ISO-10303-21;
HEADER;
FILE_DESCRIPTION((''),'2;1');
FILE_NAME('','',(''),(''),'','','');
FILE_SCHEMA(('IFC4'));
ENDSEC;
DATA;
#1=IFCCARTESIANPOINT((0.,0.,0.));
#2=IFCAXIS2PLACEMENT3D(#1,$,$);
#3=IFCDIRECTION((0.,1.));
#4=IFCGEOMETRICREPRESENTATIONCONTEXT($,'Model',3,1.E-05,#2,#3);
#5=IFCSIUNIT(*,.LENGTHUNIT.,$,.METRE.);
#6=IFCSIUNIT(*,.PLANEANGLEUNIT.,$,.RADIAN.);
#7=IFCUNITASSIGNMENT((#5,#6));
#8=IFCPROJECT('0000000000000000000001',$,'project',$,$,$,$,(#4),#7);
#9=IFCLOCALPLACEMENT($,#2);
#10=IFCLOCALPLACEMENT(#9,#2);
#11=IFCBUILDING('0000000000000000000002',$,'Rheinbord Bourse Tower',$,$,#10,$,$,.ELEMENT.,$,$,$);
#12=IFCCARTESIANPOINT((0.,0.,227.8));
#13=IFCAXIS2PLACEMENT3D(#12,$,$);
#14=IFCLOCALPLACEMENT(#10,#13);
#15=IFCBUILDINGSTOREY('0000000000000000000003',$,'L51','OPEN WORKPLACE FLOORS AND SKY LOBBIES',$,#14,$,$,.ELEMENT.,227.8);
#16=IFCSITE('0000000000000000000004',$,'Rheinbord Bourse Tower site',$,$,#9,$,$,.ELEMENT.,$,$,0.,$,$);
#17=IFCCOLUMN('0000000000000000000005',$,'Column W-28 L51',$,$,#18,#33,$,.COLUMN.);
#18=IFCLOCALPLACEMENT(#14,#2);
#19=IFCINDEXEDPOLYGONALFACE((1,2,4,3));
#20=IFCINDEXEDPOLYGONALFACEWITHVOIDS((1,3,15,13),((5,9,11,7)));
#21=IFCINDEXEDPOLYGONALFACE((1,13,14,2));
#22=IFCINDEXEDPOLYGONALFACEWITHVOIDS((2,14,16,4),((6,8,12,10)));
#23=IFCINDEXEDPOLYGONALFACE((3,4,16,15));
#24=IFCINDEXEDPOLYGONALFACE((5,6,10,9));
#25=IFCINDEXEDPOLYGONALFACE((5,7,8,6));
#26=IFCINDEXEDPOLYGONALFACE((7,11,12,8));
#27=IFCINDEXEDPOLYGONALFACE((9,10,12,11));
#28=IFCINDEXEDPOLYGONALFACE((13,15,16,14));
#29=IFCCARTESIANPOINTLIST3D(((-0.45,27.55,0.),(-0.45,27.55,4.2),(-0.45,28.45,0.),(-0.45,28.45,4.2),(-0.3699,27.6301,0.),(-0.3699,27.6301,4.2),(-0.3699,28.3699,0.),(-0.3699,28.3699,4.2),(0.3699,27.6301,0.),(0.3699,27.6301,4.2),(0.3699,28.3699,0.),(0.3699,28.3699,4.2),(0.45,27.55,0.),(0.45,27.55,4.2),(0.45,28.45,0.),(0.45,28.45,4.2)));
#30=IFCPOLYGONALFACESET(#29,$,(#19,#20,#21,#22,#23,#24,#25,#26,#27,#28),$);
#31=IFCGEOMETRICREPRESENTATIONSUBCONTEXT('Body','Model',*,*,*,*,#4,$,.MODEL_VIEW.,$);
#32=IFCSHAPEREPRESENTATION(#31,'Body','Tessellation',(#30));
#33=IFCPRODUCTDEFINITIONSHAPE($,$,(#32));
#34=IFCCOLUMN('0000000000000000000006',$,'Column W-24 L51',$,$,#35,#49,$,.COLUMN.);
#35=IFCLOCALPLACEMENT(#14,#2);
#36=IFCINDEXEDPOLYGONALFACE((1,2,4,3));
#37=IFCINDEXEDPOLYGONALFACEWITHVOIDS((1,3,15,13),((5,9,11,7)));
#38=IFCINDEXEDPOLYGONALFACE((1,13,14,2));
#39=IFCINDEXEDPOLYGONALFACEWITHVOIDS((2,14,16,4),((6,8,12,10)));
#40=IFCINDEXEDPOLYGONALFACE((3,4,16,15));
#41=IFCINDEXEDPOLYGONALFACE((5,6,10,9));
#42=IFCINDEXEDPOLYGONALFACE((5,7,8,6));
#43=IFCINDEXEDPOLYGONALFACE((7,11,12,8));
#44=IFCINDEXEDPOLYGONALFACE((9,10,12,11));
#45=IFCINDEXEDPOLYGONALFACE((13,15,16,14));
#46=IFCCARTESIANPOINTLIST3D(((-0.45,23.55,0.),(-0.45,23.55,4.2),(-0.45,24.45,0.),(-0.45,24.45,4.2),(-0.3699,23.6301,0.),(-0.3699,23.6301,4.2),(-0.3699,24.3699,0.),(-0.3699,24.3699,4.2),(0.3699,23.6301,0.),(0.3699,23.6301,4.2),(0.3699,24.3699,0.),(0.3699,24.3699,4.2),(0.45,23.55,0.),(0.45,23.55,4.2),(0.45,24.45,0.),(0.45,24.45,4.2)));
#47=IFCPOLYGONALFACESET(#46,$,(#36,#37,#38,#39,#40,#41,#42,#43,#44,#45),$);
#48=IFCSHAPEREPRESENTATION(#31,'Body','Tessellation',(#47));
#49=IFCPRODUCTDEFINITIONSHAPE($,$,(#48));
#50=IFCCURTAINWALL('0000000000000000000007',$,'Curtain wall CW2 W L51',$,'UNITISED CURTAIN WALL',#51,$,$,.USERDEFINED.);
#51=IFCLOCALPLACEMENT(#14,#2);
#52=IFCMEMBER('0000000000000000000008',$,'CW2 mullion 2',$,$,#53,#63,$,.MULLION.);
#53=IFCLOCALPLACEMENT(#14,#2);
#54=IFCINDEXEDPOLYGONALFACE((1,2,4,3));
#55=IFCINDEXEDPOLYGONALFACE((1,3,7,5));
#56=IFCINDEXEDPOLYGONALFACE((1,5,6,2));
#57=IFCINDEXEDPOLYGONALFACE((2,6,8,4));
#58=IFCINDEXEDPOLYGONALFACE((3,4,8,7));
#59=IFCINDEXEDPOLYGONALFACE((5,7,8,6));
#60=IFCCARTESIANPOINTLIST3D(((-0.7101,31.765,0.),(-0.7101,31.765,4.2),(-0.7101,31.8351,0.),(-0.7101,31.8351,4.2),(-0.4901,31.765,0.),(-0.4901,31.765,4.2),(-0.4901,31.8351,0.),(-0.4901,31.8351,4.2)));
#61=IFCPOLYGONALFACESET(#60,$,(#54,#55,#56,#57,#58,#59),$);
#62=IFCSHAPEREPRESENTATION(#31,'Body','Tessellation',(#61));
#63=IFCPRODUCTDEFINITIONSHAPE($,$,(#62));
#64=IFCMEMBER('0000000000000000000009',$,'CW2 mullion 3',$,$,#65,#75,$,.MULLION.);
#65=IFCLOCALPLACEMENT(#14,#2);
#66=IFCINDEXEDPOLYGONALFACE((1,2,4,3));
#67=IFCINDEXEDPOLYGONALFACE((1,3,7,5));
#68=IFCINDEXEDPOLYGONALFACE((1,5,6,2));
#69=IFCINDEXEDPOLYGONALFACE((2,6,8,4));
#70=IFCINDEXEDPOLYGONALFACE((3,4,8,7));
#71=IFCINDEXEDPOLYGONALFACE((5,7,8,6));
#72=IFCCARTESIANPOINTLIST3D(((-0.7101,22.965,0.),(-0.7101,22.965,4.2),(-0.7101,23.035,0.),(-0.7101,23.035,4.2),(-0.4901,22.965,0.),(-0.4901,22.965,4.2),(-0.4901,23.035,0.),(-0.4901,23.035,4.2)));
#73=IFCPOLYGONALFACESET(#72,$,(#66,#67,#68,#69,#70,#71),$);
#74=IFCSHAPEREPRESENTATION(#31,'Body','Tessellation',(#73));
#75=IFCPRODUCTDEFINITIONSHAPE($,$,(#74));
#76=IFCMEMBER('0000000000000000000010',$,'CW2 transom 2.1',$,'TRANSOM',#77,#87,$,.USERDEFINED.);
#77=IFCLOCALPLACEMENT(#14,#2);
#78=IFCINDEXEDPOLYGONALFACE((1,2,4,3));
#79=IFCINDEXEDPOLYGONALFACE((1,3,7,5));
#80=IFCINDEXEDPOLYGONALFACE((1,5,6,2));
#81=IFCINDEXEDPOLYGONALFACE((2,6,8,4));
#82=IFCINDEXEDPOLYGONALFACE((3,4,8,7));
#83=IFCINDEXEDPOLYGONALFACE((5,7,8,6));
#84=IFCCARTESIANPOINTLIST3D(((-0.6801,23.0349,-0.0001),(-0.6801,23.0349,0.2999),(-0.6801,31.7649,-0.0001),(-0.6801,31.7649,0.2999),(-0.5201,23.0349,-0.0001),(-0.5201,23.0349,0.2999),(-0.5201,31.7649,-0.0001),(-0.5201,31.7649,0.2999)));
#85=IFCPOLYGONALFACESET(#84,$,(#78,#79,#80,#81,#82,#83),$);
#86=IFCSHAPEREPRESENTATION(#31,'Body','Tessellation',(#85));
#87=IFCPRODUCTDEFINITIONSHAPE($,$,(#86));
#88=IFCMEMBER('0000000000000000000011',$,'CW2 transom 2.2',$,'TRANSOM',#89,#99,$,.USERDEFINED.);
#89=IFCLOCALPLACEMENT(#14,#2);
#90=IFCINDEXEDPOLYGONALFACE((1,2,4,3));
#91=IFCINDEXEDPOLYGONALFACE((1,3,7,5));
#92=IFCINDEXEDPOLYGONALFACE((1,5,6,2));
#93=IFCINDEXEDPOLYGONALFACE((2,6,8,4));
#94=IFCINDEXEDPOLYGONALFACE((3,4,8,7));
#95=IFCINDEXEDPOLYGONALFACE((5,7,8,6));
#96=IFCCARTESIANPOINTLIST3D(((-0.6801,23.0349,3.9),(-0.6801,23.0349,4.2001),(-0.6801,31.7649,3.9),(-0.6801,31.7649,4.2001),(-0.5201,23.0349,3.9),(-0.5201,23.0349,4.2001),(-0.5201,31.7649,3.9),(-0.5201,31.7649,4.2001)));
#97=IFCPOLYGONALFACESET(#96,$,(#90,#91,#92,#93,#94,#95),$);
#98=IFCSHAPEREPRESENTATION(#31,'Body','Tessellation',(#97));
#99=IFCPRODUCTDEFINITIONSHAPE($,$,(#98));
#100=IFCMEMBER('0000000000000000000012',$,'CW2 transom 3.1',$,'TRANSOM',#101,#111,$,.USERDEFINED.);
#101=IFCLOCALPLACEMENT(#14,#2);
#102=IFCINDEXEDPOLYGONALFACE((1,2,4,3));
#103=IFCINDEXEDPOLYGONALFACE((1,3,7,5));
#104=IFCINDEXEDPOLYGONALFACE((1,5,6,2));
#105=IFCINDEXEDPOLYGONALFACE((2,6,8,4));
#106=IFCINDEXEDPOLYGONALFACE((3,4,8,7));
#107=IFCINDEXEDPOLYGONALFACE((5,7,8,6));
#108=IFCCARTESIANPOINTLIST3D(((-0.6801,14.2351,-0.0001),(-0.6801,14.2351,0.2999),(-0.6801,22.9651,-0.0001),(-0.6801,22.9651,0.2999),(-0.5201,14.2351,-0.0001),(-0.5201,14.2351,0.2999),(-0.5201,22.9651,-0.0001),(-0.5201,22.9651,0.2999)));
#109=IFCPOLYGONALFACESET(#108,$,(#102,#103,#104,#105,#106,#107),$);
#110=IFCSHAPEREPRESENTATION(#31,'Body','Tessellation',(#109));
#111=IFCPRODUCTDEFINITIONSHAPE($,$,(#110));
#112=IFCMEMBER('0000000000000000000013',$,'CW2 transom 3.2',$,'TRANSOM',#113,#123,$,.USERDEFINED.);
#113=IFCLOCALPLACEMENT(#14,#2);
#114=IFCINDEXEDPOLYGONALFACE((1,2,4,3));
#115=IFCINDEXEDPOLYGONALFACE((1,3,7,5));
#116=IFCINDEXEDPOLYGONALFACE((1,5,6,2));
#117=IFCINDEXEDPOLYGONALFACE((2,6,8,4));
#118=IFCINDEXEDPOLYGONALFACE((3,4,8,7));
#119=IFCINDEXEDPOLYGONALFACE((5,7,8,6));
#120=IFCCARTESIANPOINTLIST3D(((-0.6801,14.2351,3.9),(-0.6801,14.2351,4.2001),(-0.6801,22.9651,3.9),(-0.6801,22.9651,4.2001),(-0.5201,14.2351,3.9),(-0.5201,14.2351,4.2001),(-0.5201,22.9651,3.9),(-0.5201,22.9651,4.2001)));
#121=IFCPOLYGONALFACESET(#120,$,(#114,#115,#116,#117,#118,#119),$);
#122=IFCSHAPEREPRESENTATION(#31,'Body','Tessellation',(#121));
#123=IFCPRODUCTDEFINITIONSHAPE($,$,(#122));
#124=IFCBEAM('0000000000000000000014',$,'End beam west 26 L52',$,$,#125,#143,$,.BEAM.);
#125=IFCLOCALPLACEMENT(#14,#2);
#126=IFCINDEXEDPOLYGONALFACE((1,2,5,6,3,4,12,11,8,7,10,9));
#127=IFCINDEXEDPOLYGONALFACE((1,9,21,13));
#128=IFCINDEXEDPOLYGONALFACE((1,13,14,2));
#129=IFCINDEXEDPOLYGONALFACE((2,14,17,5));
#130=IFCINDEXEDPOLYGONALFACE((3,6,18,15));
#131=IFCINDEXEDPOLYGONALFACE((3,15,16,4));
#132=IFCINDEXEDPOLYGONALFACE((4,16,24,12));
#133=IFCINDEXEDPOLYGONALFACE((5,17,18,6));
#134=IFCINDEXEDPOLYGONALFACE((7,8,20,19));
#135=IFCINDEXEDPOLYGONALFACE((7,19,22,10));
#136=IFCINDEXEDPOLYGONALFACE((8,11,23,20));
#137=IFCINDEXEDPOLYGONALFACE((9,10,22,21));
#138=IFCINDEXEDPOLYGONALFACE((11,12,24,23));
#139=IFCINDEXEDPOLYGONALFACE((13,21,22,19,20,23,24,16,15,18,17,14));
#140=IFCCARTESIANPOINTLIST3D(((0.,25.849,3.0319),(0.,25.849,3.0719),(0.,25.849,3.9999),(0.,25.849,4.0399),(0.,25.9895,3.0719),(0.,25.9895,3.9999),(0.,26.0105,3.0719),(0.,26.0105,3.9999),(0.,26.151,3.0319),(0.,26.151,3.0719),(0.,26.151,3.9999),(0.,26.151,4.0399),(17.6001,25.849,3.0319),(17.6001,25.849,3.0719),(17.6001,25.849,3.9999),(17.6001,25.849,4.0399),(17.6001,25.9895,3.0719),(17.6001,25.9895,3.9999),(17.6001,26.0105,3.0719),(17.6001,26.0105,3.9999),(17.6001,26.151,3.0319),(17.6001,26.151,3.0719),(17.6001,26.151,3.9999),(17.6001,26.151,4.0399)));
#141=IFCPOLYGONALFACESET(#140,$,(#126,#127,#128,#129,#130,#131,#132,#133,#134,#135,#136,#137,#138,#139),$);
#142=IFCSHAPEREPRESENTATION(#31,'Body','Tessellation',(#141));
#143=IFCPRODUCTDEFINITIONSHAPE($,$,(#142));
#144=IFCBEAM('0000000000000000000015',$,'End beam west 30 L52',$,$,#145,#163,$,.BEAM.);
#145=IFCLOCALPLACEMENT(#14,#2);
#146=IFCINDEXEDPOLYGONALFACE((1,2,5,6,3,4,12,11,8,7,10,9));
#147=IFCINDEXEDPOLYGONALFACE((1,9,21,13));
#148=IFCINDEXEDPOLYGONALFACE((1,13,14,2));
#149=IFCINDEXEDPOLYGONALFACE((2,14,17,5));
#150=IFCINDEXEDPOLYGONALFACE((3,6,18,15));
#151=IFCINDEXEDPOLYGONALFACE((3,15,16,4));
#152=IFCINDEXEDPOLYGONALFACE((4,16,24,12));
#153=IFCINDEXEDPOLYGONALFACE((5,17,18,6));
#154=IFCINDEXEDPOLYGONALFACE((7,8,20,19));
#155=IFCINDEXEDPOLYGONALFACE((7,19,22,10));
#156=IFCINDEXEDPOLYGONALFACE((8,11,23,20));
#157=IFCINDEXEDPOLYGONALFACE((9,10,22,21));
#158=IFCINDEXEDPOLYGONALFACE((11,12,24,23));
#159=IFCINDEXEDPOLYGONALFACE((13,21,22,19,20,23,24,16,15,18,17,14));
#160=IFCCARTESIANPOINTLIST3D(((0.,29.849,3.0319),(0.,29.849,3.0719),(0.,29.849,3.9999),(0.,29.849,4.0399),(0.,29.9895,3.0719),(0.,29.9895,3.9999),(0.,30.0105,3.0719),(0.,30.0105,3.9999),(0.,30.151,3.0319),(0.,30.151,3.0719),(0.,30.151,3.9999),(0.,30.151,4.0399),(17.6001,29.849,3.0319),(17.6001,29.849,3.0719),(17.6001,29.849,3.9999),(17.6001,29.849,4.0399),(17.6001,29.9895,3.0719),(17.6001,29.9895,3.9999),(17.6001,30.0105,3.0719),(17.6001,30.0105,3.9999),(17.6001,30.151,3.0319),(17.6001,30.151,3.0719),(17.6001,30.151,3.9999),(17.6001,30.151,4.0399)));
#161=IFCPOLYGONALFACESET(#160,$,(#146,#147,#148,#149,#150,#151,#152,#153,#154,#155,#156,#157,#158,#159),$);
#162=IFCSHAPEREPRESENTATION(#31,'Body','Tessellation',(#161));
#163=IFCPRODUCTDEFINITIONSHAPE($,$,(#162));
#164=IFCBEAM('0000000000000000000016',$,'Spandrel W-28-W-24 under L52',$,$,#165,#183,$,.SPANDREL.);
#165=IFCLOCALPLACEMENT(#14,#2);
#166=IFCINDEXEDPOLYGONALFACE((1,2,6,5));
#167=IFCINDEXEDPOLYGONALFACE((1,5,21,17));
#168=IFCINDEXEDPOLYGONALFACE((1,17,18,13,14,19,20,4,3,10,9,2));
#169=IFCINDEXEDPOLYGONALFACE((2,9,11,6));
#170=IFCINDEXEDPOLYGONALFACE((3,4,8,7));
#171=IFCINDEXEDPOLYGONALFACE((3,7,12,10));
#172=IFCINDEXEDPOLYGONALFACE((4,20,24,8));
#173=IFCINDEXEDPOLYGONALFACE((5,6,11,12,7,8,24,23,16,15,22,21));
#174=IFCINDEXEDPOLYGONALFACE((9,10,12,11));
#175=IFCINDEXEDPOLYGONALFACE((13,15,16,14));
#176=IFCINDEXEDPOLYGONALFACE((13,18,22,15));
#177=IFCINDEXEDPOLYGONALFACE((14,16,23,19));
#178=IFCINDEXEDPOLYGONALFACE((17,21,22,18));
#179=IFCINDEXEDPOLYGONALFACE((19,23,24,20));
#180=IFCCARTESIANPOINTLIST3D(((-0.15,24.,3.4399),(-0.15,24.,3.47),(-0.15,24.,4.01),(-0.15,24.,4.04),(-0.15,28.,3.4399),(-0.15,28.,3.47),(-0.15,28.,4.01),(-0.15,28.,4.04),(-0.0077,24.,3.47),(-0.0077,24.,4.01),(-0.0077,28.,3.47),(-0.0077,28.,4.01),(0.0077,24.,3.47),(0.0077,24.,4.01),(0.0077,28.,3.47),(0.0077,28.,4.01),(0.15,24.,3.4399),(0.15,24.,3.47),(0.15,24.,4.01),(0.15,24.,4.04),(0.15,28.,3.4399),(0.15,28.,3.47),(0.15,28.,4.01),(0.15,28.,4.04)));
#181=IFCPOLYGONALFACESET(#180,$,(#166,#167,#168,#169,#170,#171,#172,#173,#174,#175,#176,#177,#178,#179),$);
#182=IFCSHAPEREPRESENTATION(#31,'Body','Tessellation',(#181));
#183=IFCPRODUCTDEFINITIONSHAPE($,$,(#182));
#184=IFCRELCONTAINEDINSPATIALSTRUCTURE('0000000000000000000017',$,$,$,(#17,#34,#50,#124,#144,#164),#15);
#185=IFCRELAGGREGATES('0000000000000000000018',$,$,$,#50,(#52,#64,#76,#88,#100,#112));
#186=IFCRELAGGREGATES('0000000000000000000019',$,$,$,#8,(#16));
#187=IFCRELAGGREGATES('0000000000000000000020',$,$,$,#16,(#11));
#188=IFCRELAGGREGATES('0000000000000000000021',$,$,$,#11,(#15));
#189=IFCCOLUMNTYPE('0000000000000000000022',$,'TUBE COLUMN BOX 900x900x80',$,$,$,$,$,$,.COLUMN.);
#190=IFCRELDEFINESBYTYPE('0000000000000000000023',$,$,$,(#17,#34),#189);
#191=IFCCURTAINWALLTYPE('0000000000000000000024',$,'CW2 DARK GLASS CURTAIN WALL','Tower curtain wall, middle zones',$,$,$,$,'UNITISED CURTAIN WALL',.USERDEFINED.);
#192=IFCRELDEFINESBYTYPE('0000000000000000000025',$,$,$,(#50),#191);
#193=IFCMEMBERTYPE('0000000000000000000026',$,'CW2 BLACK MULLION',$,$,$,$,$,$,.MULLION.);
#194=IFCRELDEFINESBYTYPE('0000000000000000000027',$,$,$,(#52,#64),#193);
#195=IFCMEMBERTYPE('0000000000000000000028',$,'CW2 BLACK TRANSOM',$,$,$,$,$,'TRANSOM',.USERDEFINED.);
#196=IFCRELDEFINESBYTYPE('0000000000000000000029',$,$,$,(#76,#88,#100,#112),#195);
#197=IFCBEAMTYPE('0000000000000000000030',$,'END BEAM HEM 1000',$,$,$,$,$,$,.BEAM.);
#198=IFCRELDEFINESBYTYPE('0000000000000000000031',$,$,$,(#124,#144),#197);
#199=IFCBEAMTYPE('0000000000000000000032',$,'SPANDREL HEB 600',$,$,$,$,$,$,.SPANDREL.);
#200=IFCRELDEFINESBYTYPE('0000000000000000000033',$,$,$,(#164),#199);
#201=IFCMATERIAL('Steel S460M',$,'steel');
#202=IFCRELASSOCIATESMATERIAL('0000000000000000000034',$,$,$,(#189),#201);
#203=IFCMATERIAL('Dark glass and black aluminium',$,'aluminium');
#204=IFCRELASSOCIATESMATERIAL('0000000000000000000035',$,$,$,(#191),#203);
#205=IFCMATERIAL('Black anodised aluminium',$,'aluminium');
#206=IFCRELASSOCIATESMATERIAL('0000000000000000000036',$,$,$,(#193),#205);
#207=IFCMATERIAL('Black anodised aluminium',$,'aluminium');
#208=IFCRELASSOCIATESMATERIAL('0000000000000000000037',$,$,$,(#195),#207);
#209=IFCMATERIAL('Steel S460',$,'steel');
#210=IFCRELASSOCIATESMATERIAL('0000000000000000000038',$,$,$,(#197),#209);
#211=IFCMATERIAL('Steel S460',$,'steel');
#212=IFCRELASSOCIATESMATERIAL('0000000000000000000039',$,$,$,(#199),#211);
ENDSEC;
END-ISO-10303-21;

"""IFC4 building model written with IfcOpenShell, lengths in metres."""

from ifc_helpers import new_model, si_unit, direction, frame, origin, origin_2d, place, context, subcontext, project, spatial, rectangle, hollow_rectangle, i_section, extrude, material, material_profile, profile_set, type_object, element, aggregate, save


model = new_model("IFC4")

# Units and contexts
model_context = context("Model", 3, precision=1e-05, world=origin(), true_north=direction((0.0, 1.0)))
body_context = subcontext(model_context, "Body", "Model", "MODEL_VIEW")
ifc_project = project(units=[si_unit("LENGTHUNIT", "METRE"), si_unit("PLANEANGLEUNIT", "RADIAN")], contexts=[model_context])

# Site, building, storey
site_placement = place(None, origin())
site = spatial("IfcSite", under=ifc_project, at=site_placement, Name="Rheinbord Bourse Tower site", CompositionType="ELEMENT", RefElevation=0.0)
building_placement = place(site_placement, origin())
building = spatial("IfcBuilding", under=site, at=building_placement, Name="Rheinbord Bourse Tower", CompositionType="ELEMENT")
storey_placement = place(building_placement, frame((0.0, 0.0, 227.8)))
storey = spatial("IfcBuildingStorey", under=building, at=storey_placement, Name="L51", Description="OPEN WORKPLACE FLOORS AND SKY LOBBIES", CompositionType="ELEMENT", Elevation=227.8)

# Columns
ifc_material_1 = material(Name="Steel S460M", Category="steel")
ifc_material_profile_1 = material_profile(ifc_material_1, hollow_rectangle(XDim=0.8999, YDim=0.8999, WallThickness=0.0801, at=origin_2d()), Name="BOX 900x900x80")
ifc_profile_set_1 = profile_set([ifc_material_profile_1], Name="Steel S460M")
column_type = type_object("IfcColumnType", Name="TUBE COLUMN BOX 900x900x80", PredefinedType="COLUMN", material=ifc_profile_set_1)
for number, where, z_axis, x_axis, name in (
    (1, (0.0, 28.0, 0.0), (0.0, 0.0, 1.0), (1.0, 0.0, 0.0), "Column W-28 L51"),
    (2, (0.0, 24.0, 0.0), (0.0, 0.0, 1.0), (1.0, 0.0, 0.0), "Column W-24 L51"),
):
    element("IfcColumn", number, at=place(storey_placement, frame(where, z_axis=z_axis, x_axis=x_axis)), inside=storey, type_object=column_type, Name=name, PredefinedType="COLUMN", context=body_context, shape_type="SweptSolid", body=[
        extrude(hollow_rectangle(XDim=0.8999, YDim=0.8999, WallThickness=0.0801, at=origin_2d()), origin(), (0.0, 0.0, 1.0), 4.2),
    ])

# Curtain wall, members
ifc_material_2 = material(Name="Dark glass and black aluminium", Category="aluminium")
curtain_wall_type = type_object("IfcCurtainWallType", Name="CW2 DARK GLASS CURTAIN WALL", Description="Tower curtain wall, middle zones", ElementType="UNITISED CURTAIN WALL", PredefinedType="USERDEFINED", material=ifc_material_2)
curtain_wall_placement = place(storey_placement, origin())
curtain_wall = element("IfcCurtainWall", 3, at=curtain_wall_placement, inside=storey, type_object=curtain_wall_type, Name="Curtain wall CW2 W L51", ObjectType="UNITISED CURTAIN WALL", PredefinedType="USERDEFINED")
ifc_material_3 = material(Name="Black anodised aluminium", Category="aluminium")
ifc_material_profile_2 = material_profile(ifc_material_3, rectangle(XDim=0.22, YDim=0.0701, at=origin_2d()), Name="CW2 MULLION 70x220")
ifc_profile_set_2 = profile_set([ifc_material_profile_2], Name="Black anodised aluminium")
member_type_1 = type_object("IfcMemberType", Name="CW2 BLACK MULLION", PredefinedType="MULLION", material=ifc_profile_set_2)
member_1_placement = place(storey_placement, frame((-0.6001, 31.8, 0.0), z_axis=(0.0, 0.0, 1.0), x_axis=(1.0, 0.0, 0.0)))
member_1 = element("IfcMember", 4, at=member_1_placement, type_object=member_type_1, Name="CW2 mullion 2", PredefinedType="MULLION", context=body_context, shape_type="SweptSolid", body=[
    extrude(rectangle(XDim=0.22, YDim=0.0701, at=origin_2d()), origin(), (0.0, 0.0, 1.0), 4.2),
])
member_2_placement = place(storey_placement, frame((-0.6001, 23.0, 0.0), z_axis=(0.0, 0.0, 1.0), x_axis=(1.0, 0.0, 0.0)))
member_2 = element("IfcMember", 5, at=member_2_placement, type_object=member_type_1, Name="CW2 mullion 3", PredefinedType="MULLION", context=body_context, shape_type="SweptSolid", body=[
    extrude(rectangle(XDim=0.22, YDim=0.0701, at=origin_2d()), origin(), (0.0, 0.0, 1.0), 4.2),
])
ifc_material_4 = material(Name="Black anodised aluminium", Category="aluminium")
ifc_material_profile_3 = material_profile(ifc_material_4, rectangle(XDim=0.1599, YDim=0.3, at=origin_2d()), Name="CW2 TRANSOM 300x160")
ifc_profile_set_3 = profile_set([ifc_material_profile_3], Name="Black anodised aluminium")
member_type_2 = type_object("IfcMemberType", Name="CW2 BLACK TRANSOM", ElementType="TRANSOM", PredefinedType="USERDEFINED", material=ifc_profile_set_3)
member_3_placement = place(storey_placement, frame((-0.6001, 31.7649, 0.1499), z_axis=(0.0, -1.0, 0.0), x_axis=(1.0, 0.0, 0.0)))
member_3 = element("IfcMember", 6, at=member_3_placement, type_object=member_type_2, Name="CW2 transom 2.1", ObjectType="TRANSOM", PredefinedType="USERDEFINED", context=body_context, shape_type="SweptSolid", body=[
    extrude(rectangle(XDim=0.1599, YDim=0.3, at=origin_2d()), origin(), (0.0, 0.0, 1.0), 8.73),
])
member_4_placement = place(storey_placement, frame((-0.6001, 31.7649, 4.05), z_axis=(0.0, -1.0, 0.0), x_axis=(1.0, 0.0, 0.0)))
member_4 = element("IfcMember", 7, at=member_4_placement, type_object=member_type_2, Name="CW2 transom 2.2", ObjectType="TRANSOM", PredefinedType="USERDEFINED", context=body_context, shape_type="SweptSolid", body=[
    extrude(rectangle(XDim=0.1599, YDim=0.3, at=origin_2d()), origin(), (0.0, 0.0, 1.0), 8.73),
])
member_5_placement = place(storey_placement, frame((-0.6001, 22.9651, 0.1499), z_axis=(0.0, -1.0, 0.0), x_axis=(1.0, 0.0, 0.0)))
member_5 = element("IfcMember", 8, at=member_5_placement, type_object=member_type_2, Name="CW2 transom 3.1", ObjectType="TRANSOM", PredefinedType="USERDEFINED", context=body_context, shape_type="SweptSolid", body=[
    extrude(rectangle(XDim=0.1599, YDim=0.3, at=origin_2d()), origin(), (0.0, 0.0, 1.0), 8.73),
])
member_6_placement = place(storey_placement, frame((-0.6001, 22.9651, 4.05), z_axis=(0.0, -1.0, 0.0), x_axis=(1.0, 0.0, 0.0)))
member_6 = element("IfcMember", 9, at=member_6_placement, type_object=member_type_2, Name="CW2 transom 3.2", ObjectType="TRANSOM", PredefinedType="USERDEFINED", context=body_context, shape_type="SweptSolid", body=[
    extrude(rectangle(XDim=0.1599, YDim=0.3, at=origin_2d()), origin(), (0.0, 0.0, 1.0), 8.73),
])

# Beams
ifc_material_5 = material(Name="Steel S460", Category="steel")
ifc_material_profile_4 = material_profile(ifc_material_5, i_section(OverallWidth=0.302, OverallDepth=1.0081, WebThickness=0.021, FlangeThickness=0.04, at=origin_2d()), Name="HEM 1000")
ifc_profile_set_4 = profile_set([ifc_material_profile_4], Name="Steel S460")
beam_type_1 = type_object("IfcBeamType", Name="END BEAM HEM 1000", PredefinedType="BEAM", material=ifc_profile_set_4)
for number, where, z_axis, x_axis, name in (
    (10, (0.0, 26.0, 3.5359), (1.0, 0.0, 0.0), (0.0, 1.0, 0.0), "End beam west 26 L52"),
    (11, (0.0, 30.0, 3.5359), (1.0, 0.0, 0.0), (0.0, 1.0, 0.0), "End beam west 30 L52"),
):
    element("IfcBeam", number, at=place(storey_placement, frame(where, z_axis=z_axis, x_axis=x_axis)), inside=storey, type_object=beam_type_1, Name=name, PredefinedType="BEAM", context=body_context, shape_type="SweptSolid", body=[
        extrude(i_section(OverallWidth=0.302, OverallDepth=1.0081, WebThickness=0.021, FlangeThickness=0.04, at=origin_2d()), origin(), (0.0, 0.0, 1.0), 17.6001),
    ])
ifc_material_6 = material(Name="Steel S460", Category="steel")
ifc_material_profile_5 = material_profile(ifc_material_6, i_section(OverallWidth=0.3, OverallDepth=0.6001, WebThickness=0.0154, FlangeThickness=0.03, at=origin_2d()), Name="HEB 600")
ifc_profile_set_5 = profile_set([ifc_material_profile_5], Name="Steel S460")
beam_type_2 = type_object("IfcBeamType", Name="SPANDREL HEB 600", PredefinedType="SPANDREL", material=ifc_profile_set_5)
for number, where, z_axis, x_axis, name in (
    (12, (0.0, 28.0, 3.74), (0.0, -1.0, 0.0), (1.0, 0.0, 0.0), "Spandrel W-28-W-24 under L52"),
):
    element("IfcBeam", number, at=place(storey_placement, frame(where, z_axis=z_axis, x_axis=x_axis)), inside=storey, type_object=beam_type_2, Name=name, PredefinedType="SPANDREL", context=body_context, shape_type="SweptSolid", body=[
        extrude(i_section(OverallWidth=0.3, OverallDepth=0.6001, WebThickness=0.0154, FlangeThickness=0.03, at=origin_2d()), origin(), (0.0, 0.0, 1.0), 4.0),
    ])

aggregate(curtain_wall, [member_1, member_2, member_3, member_4, member_5, member_6])

save(model, "model.ifc")
